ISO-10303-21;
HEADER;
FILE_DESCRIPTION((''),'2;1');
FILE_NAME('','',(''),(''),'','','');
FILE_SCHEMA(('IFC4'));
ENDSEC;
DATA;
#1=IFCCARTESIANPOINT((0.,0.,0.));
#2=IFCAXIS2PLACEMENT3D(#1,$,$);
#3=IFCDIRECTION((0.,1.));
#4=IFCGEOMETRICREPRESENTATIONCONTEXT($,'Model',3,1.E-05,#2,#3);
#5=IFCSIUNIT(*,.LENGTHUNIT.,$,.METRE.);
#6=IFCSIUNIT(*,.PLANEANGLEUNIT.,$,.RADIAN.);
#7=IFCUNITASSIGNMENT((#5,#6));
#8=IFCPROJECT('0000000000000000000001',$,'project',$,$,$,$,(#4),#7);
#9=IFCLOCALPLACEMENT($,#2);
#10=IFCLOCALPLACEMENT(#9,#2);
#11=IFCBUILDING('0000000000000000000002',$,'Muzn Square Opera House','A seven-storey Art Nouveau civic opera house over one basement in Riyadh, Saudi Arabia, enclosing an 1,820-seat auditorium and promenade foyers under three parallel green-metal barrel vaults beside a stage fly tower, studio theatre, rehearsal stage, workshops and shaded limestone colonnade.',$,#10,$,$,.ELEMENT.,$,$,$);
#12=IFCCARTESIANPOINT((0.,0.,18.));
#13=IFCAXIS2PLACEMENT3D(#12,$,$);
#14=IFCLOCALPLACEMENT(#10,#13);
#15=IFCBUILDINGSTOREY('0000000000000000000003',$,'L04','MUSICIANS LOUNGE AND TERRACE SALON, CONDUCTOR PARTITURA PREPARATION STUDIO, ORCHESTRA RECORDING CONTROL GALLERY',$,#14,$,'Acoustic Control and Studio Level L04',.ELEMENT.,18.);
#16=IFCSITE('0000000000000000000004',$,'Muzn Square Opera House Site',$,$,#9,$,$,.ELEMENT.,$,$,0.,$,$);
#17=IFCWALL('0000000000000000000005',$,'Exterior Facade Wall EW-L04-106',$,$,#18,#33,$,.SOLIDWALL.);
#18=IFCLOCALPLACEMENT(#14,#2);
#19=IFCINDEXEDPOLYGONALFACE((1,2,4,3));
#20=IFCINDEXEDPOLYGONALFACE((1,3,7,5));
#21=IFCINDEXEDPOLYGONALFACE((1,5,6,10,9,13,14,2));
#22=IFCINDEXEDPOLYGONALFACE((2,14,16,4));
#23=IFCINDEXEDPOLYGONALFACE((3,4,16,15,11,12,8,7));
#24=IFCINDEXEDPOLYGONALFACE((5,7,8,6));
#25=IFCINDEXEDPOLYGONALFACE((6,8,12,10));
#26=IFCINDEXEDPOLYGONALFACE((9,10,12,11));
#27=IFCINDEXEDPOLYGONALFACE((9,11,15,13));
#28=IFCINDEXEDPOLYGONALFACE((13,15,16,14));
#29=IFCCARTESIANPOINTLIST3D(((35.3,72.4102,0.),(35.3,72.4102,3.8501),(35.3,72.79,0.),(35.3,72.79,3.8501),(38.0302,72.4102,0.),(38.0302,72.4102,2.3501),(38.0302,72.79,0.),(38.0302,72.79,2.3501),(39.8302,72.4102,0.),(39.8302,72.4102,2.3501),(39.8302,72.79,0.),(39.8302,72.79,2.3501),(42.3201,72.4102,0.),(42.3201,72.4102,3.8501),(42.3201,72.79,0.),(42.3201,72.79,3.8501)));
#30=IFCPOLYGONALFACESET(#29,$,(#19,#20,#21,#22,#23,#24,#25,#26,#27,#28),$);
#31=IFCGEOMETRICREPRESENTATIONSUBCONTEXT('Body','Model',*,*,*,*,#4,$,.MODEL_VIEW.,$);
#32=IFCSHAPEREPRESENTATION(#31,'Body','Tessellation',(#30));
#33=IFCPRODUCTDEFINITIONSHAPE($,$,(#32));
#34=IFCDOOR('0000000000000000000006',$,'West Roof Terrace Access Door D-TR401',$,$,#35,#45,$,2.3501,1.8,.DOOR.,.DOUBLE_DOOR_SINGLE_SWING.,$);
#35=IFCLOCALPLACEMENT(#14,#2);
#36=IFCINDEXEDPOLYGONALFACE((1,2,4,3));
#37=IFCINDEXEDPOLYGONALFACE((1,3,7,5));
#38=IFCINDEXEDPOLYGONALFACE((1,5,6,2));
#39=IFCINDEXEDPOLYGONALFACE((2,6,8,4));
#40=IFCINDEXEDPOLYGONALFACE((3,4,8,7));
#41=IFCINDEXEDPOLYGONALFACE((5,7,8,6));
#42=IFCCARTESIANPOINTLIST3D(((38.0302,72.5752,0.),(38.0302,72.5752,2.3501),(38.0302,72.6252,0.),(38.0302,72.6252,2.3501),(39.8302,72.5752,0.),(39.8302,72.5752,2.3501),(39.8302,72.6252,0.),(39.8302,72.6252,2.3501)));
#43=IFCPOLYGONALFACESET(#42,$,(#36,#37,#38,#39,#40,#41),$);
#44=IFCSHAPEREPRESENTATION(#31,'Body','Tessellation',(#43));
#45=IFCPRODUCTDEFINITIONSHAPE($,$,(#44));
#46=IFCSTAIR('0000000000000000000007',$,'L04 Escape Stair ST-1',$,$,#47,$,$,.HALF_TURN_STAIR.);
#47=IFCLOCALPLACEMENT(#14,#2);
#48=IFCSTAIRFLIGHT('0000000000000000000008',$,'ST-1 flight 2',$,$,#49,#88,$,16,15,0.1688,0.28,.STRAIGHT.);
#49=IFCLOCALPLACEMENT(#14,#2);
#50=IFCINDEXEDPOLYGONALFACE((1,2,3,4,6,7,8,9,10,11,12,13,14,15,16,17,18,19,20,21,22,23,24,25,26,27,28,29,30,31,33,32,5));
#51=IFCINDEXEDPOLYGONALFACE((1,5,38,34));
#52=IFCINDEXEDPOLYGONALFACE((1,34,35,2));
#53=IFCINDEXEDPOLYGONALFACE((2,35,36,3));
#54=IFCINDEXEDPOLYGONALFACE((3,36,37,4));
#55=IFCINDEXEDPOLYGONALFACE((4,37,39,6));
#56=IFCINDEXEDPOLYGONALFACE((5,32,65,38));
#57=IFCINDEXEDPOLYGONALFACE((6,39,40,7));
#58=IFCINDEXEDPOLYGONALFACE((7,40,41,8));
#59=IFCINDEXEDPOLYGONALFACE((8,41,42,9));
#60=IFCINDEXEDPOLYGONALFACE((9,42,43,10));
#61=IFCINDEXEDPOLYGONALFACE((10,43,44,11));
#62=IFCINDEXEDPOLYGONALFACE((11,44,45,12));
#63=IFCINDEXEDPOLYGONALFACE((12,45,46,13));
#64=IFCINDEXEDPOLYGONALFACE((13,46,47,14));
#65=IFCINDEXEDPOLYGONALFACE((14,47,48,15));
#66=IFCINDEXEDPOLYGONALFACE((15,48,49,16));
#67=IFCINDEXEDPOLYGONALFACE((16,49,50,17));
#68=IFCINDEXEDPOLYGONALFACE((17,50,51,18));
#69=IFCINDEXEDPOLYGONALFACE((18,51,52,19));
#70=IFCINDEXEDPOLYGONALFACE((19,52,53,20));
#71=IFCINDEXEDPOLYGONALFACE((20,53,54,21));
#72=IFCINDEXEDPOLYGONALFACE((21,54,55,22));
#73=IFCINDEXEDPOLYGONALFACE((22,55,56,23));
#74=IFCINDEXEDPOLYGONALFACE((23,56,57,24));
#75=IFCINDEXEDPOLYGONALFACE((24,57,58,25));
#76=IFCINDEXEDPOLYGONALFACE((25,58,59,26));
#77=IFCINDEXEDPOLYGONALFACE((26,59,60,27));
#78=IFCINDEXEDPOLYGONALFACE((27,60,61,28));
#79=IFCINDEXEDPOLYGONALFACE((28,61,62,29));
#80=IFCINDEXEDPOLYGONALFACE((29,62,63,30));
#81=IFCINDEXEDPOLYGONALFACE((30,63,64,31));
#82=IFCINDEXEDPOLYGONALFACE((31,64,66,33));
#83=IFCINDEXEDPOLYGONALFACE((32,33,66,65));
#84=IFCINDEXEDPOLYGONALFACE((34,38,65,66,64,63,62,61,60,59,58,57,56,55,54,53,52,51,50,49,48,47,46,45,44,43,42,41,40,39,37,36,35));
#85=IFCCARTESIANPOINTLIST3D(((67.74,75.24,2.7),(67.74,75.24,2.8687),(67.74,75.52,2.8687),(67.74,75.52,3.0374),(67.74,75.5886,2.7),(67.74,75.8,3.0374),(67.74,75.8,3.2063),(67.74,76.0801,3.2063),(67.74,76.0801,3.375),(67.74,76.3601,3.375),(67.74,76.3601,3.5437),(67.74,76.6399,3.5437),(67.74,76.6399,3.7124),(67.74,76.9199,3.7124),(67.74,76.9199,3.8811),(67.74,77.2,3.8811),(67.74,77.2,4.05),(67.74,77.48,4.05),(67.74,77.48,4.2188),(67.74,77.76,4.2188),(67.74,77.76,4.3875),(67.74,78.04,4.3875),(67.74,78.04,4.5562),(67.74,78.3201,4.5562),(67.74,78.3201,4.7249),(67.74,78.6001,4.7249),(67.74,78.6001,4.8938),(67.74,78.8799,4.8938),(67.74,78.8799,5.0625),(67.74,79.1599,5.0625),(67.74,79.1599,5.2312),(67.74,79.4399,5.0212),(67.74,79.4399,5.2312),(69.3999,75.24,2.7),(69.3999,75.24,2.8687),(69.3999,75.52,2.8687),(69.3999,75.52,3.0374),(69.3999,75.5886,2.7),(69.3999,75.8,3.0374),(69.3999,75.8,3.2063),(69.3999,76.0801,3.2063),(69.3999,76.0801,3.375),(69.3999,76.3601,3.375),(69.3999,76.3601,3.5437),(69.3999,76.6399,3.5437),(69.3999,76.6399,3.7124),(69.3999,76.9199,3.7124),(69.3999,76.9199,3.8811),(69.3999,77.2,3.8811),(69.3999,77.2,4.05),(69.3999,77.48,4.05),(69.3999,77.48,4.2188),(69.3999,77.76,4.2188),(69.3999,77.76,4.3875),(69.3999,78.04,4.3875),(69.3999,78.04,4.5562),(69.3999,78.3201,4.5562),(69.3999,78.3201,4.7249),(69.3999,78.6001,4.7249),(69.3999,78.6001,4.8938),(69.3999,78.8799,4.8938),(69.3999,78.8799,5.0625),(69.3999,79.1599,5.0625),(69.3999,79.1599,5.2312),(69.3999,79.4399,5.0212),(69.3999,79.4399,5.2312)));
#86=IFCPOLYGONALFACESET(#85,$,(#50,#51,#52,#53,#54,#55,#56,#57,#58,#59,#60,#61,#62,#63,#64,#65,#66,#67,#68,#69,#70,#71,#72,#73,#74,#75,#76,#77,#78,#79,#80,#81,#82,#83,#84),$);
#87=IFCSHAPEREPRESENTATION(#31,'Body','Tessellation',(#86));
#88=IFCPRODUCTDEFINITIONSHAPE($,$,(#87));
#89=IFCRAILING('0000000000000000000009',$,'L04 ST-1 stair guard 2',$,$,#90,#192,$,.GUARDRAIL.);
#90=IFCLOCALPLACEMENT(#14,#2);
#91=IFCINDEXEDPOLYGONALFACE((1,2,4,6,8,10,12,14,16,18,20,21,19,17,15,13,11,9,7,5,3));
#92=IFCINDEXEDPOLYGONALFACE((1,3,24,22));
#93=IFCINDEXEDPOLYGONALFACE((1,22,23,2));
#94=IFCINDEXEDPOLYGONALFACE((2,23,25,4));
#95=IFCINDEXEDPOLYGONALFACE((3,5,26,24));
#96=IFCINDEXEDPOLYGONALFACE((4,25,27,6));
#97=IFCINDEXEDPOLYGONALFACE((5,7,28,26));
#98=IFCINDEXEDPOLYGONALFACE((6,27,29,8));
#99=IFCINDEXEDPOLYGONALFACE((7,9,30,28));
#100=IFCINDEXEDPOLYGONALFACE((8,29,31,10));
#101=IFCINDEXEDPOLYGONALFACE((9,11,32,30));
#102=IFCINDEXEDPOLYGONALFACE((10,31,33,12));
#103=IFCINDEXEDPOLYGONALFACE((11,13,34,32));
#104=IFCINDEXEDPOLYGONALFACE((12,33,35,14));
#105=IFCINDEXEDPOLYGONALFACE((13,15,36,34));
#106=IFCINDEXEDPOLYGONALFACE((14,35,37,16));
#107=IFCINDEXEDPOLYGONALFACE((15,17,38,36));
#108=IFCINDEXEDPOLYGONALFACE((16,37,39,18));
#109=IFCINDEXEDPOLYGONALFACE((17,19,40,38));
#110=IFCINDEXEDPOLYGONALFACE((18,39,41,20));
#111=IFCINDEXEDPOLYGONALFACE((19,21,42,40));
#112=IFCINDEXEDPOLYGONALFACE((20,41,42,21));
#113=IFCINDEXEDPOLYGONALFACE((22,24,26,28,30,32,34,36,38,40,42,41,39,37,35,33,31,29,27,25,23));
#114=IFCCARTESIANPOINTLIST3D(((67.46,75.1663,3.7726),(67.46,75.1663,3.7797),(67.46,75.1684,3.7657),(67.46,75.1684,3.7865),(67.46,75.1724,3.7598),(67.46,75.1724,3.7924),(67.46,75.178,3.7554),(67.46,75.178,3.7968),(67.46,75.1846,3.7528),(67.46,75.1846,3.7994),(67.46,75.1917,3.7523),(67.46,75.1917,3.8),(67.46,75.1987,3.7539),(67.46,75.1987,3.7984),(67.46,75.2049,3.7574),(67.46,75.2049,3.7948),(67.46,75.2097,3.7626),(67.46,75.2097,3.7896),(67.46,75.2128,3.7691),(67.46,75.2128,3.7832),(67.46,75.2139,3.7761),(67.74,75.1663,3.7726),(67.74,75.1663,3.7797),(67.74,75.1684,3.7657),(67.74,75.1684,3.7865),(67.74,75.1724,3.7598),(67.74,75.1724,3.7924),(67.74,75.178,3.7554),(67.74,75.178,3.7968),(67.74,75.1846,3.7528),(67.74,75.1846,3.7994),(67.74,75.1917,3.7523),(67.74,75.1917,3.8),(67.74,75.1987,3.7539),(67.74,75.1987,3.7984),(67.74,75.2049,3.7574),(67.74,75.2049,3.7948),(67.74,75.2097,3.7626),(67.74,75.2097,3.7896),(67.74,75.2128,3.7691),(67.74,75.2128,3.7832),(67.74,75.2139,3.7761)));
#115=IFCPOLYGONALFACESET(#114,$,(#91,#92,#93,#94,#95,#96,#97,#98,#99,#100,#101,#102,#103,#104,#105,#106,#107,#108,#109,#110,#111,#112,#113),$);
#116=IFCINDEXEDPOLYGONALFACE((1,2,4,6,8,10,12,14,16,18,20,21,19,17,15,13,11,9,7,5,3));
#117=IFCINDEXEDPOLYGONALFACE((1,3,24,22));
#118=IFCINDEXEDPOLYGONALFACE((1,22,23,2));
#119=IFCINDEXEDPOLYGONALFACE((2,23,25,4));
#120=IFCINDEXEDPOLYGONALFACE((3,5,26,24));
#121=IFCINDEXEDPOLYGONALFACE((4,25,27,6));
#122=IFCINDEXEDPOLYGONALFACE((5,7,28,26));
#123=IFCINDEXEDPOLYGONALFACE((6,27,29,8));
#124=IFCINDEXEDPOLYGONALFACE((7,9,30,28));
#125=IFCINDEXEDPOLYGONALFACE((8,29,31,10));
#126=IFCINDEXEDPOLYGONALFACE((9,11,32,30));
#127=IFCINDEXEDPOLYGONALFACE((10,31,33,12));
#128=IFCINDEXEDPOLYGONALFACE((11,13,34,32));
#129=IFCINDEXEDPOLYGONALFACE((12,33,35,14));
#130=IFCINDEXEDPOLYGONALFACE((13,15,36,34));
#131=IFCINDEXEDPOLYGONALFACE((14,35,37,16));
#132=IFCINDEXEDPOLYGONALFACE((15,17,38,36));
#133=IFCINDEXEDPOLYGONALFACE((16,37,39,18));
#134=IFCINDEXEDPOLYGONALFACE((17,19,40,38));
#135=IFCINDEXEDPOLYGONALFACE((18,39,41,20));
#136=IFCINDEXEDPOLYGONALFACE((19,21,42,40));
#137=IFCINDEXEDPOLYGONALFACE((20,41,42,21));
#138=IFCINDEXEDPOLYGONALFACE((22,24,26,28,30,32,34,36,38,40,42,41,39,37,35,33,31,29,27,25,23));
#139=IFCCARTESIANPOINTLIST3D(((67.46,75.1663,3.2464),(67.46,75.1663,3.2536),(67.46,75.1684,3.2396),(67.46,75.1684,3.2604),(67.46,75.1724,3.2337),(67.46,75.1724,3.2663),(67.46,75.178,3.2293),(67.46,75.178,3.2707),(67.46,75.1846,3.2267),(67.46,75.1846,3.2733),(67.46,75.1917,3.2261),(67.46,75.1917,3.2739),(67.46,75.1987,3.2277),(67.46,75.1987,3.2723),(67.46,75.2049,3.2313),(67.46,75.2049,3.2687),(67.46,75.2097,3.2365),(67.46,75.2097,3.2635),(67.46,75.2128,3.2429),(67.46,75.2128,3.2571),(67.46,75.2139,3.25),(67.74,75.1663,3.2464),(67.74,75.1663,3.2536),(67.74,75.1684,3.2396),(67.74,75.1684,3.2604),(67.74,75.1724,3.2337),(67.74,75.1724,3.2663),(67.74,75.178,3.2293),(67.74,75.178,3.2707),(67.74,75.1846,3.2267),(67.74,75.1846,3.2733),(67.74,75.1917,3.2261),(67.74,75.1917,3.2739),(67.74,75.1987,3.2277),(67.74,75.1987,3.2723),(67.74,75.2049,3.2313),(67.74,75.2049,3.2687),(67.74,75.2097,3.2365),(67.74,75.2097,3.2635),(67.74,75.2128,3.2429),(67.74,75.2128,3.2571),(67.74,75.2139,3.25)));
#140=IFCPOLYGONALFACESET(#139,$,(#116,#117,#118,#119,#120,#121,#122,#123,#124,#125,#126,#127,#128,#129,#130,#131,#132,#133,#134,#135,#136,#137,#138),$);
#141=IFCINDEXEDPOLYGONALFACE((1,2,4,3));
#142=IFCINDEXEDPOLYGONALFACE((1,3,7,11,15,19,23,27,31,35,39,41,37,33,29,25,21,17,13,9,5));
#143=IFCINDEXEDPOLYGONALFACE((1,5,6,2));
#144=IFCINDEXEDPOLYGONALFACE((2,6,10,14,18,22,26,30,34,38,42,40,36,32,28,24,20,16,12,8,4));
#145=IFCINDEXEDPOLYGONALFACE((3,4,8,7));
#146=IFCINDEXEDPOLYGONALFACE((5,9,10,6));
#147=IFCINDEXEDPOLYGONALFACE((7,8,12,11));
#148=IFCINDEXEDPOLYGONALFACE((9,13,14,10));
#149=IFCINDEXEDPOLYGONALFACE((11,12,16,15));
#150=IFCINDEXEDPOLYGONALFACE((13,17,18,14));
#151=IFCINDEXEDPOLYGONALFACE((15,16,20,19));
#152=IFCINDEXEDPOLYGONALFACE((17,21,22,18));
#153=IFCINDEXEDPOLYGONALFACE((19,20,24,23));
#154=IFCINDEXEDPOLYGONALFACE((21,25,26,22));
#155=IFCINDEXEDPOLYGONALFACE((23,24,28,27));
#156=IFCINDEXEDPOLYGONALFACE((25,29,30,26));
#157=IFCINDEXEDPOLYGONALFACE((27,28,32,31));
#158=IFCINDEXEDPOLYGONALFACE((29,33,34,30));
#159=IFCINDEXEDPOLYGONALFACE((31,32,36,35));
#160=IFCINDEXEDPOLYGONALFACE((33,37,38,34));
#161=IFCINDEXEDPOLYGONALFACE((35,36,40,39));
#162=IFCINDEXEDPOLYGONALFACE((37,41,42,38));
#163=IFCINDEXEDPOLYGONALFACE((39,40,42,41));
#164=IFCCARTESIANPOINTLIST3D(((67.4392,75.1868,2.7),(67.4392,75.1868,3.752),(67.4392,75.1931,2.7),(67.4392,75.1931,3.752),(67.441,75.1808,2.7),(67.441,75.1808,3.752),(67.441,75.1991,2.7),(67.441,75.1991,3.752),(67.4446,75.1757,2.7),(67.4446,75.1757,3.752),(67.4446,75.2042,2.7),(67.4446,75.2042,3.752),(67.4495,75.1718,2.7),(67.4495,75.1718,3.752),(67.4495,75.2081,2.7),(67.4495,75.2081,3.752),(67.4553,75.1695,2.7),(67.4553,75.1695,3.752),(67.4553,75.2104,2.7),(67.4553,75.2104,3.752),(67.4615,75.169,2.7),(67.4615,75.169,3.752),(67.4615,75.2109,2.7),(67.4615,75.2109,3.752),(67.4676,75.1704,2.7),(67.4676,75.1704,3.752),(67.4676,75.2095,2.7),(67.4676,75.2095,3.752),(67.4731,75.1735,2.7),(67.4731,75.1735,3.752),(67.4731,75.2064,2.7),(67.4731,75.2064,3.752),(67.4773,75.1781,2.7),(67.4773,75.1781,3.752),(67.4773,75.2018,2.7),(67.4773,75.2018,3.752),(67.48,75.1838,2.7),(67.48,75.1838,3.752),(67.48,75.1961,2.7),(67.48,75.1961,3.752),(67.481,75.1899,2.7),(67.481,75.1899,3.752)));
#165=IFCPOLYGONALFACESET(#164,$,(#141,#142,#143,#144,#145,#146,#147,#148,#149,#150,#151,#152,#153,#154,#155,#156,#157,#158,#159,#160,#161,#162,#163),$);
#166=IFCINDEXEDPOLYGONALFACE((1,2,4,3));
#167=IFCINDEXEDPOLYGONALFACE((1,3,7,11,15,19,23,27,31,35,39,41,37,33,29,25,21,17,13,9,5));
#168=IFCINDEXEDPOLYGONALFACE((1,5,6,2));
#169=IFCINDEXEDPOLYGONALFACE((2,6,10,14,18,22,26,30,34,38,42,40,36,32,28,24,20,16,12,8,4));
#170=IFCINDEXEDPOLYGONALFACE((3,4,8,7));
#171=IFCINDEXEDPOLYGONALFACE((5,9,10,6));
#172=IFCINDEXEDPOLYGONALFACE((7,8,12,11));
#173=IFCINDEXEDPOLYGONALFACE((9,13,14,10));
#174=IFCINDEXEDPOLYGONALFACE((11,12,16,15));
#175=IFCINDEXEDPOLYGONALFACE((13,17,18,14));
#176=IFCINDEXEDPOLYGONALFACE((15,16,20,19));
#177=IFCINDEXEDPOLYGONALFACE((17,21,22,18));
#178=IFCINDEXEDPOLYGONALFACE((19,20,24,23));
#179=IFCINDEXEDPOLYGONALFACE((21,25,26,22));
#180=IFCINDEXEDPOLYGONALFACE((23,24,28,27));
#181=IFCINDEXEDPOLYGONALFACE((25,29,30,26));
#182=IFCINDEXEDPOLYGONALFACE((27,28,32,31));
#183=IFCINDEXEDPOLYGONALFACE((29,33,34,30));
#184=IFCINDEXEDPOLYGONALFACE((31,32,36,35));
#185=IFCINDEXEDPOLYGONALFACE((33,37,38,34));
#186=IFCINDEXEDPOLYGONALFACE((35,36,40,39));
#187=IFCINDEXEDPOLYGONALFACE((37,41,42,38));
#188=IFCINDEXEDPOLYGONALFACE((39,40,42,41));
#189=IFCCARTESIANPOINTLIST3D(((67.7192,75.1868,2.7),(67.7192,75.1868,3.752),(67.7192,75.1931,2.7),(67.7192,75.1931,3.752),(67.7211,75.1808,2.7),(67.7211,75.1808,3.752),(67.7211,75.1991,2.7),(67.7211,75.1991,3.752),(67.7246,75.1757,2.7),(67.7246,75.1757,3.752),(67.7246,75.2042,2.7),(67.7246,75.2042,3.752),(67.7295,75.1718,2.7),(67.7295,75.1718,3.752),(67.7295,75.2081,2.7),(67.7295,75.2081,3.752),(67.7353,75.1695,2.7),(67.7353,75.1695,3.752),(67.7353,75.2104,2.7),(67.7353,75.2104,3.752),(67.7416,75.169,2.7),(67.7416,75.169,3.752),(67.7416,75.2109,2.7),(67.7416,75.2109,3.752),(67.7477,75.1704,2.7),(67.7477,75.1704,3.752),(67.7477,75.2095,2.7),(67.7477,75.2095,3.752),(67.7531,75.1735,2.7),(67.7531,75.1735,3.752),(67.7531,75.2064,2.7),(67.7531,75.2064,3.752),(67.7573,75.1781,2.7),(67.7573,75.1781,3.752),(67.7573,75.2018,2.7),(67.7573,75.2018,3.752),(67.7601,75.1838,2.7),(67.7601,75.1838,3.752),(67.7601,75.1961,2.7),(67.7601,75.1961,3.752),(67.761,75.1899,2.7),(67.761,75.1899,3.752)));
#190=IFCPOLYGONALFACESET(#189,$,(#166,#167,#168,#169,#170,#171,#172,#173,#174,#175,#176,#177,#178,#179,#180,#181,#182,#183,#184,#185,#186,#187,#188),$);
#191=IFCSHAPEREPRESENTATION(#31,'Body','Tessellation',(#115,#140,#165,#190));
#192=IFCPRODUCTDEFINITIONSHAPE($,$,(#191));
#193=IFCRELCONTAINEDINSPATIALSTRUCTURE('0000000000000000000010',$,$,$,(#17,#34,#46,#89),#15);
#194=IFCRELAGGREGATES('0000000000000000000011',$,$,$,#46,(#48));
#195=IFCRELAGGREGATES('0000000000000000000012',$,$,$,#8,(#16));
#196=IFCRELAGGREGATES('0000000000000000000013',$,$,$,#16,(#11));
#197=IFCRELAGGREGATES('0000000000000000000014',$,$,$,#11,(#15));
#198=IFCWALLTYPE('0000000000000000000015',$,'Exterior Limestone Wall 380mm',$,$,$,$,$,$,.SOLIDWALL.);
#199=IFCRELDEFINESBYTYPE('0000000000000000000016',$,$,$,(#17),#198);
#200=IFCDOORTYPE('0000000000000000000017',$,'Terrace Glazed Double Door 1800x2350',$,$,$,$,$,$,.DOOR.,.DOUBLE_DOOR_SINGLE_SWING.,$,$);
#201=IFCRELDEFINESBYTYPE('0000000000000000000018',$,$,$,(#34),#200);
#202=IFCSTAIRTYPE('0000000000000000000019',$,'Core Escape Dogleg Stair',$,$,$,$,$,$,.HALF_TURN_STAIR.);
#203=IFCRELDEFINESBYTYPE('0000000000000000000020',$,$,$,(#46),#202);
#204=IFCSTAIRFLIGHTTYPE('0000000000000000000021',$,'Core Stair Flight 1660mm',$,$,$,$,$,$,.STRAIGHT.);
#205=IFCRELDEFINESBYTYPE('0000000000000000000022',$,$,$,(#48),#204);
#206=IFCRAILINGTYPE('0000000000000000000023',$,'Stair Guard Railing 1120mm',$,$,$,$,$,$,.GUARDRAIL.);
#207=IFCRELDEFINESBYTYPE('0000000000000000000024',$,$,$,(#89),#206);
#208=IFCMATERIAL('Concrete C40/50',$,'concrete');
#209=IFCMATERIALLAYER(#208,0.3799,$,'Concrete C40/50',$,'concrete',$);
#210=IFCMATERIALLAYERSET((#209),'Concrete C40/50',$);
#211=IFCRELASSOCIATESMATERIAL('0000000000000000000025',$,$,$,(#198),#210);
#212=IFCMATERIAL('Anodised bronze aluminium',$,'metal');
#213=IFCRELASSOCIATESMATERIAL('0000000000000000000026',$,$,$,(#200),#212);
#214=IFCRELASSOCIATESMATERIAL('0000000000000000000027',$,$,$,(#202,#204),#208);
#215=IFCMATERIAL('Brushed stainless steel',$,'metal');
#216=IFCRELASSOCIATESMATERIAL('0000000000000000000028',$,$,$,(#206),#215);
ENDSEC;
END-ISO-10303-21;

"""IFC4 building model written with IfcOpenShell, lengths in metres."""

from ifc_helpers import new_model, si_unit, direction, frame, frame_2d, origin, origin_2d, place, context, subcontext, project, spatial, polyline, rectangle, circle, outline, extrude, material, layer, layer_set, type_object, element, fill, aggregate, save


model = new_model("IFC4")

# Units and contexts
model_context = context("Model", 3, precision=1e-05, world=origin(), true_north=direction((0.0, 1.0)))
body_context = subcontext(model_context, "Body", "Model", "MODEL_VIEW")
ifc_project = project(units=[si_unit("LENGTHUNIT", "METRE"), si_unit("PLANEANGLEUNIT", "RADIAN")], contexts=[model_context])

# Site, building, storey
site_placement = place(None, origin())
site = spatial("IfcSite", under=ifc_project, at=site_placement, Name="Muzn Square Opera House Site", CompositionType="ELEMENT", RefElevation=0.0)
building_placement = place(site_placement, origin())
building = spatial("IfcBuilding", under=site, at=building_placement, Name="Muzn Square Opera House", Description="A seven-storey Art Nouveau civic opera house over one basement in Riyadh, Saudi Arabia, enclosing an 1,820-seat auditorium and promenade foyers under three parallel green-metal barrel vaults beside a stage fly tower, studio theatre, rehearsal stage, workshops and shaded limestone colonnade.", CompositionType="ELEMENT")
storey_placement = place(building_placement, frame((0.0, 0.0, 18.0)))
storey = spatial("IfcBuildingStorey", under=building, at=storey_placement, Name="L04", Description="MUSICIANS LOUNGE AND TERRACE SALON, CONDUCTOR PARTITURA PREPARATION STUDIO, ORCHESTRA RECORDING CONTROL GALLERY", LongName="Acoustic Control and Studio Level L04", CompositionType="ELEMENT", Elevation=18.0)

# Shared definitions
ifc_material_1 = material(Name="Concrete C40/50", Category="concrete")

# Wall, opening, door
ifc_layer_1 = layer(ifc_material_1, 0.3799, Name="Concrete C40/50", Category="concrete")
ifc_layer_set_1 = layer_set([ifc_layer_1], Name="Concrete C40/50")
wall_type_1 = type_object("IfcWallType", Name="Exterior Limestone Wall 380mm", PredefinedType="SOLIDWALL", material=ifc_layer_set_1)
wall_1_placement = place(storey_placement, frame((35.3, 72.6001, 0.0), z_axis=(0.0, 0.0, 1.0), x_axis=(1.0, 0.0, 0.0)))
wall_1 = element("IfcWall", 1, at=wall_1_placement, inside=storey, type_object=wall_type_1, Name="Exterior Facade Wall EW-L04-106", PredefinedType="SOLIDWALL", context=body_context, shape_type="SweptSolid", body=[
    extrude(rectangle(XDim=7.02, YDim=0.3799, at=frame_2d((3.51, 0.0))), origin(), (0.0, 0.0, 1.0), 3.8501),
])
opening_placement = place(wall_1_placement, frame((4.53, 0.0, 0.0), z_axis=(0.0, 0.0, 1.0), x_axis=(-1.0, 0.0, 0.0)))
opening = element("IfcOpeningElement", 2, at=opening_placement, cuts=wall_1, PredefinedType="OPENING", context=body_context, shape_type="SweptSolid", body=[
    extrude(rectangle(XDim=1.8, YDim=2.3501, at=frame_2d((0.8999, 1.175))), frame((0.0, 0.2, 0.0), z_axis=(0.0, -1.0, 0.0), x_axis=(1.0, 0.0, 0.0)), (0.0, 0.0, 1.0), 0.3999),
])
ifc_material_2 = material(Name="Anodised bronze aluminium", Category="metal")
door_type = type_object("IfcDoorType", Name="Terrace Glazed Double Door 1800x2350", OperationType="DOUBLE_DOOR_SINGLE_SWING", PredefinedType="DOOR", material=ifc_material_2)
door_placement = place(opening_placement, origin())
door = element("IfcDoor", 3, at=door_placement, inside=storey, type_object=door_type, Name="West Roof Terrace Access Door D-TR401", OperationType="DOUBLE_DOOR_SINGLE_SWING", OverallHeight=2.3501, OverallWidth=1.8, PredefinedType="DOOR", context=body_context, shape_type="SweptSolid", body=[
    extrude(rectangle(XDim=1.8, YDim=2.3501, at=frame_2d((0.8999, 1.175))), frame((0.0, 0.0249, 0.0), z_axis=(0.0, -1.0, 0.0), x_axis=(1.0, 0.0, 0.0)), (0.0, 0.0, 1.0), 0.05),
])
fill(opening, door)

# Stair, stair flight
stair_type = type_object("IfcStairType", Name="Core Escape Dogleg Stair", PredefinedType="HALF_TURN_STAIR", material=ifc_material_1)
stair_placement = place(storey_placement, origin())
stair = element("IfcStair", 4, at=stair_placement, inside=storey, type_object=stair_type, Name="L04 Escape Stair ST-1", PredefinedType="HALF_TURN_STAIR")
stair_flight_type = type_object("IfcStairFlightType", Name="Core Stair Flight 1660mm", PredefinedType="STRAIGHT", material=ifc_material_1)
stair_flight_placement = place(storey_placement, frame((68.5701, 75.24, 2.7), z_axis=(0.0, 0.0, 1.0), x_axis=(0.0, 1.0, 0.0)))
stair_flight = element("IfcStairFlight", 5, at=stair_flight_placement, type_object=stair_flight_type, Name="ST-1 flight 2", NumberOfRisers=16, NumberOfTreads=15, PredefinedType="STRAIGHT", RiserHeight=0.1688, TreadLength=0.28, context=body_context, shape_type="SweptSolid", body=[
    extrude(outline(polyline([(0.0, 0.0), (0.0, 0.1687), (0.28, 0.1687), (0.28, 0.3374), (0.5601, 0.3374), (0.5601, 0.5063), (0.8401, 0.5063), (0.8401, 0.675), (1.1201, 0.675), (1.1201, 0.8438), (1.3999, 0.8438), (1.3999, 1.0125), (1.6799, 1.0125), (1.6799, 1.1812), (1.96, 1.1812), (1.96, 1.3501), (2.24, 1.3501), (2.24, 1.5188), (2.52, 1.5188), (2.52, 1.6875), (2.8, 1.6875), (2.8, 1.8562), (3.0801, 1.8562), (3.0801, 2.0249), (3.3601, 2.0249), (3.3601, 2.1938), (3.6399, 2.1938), (3.6399, 2.3625), (3.9199, 2.3625), (3.9199, 2.5312), (4.2, 2.5312), (4.2, 2.7), (4.2, 2.3213), (0.3486, 0.0), (0.0, 0.0)])), frame((0.0, 0.8301, 0.0), z_axis=(0.0, -1.0, 0.0), x_axis=(1.0, 0.0, 0.0)), (0.0, 0.0, 1.0), 1.6599),
])
aggregate(stair, [stair_flight])

# Railing
ifc_material_3 = material(Name="Brushed stainless steel", Category="metal")
railing_type_1 = type_object("IfcRailingType", Name="Stair Guard Railing 1120mm", PredefinedType="GUARDRAIL", material=ifc_material_3)
railing_1_placement = place(storey_placement, frame((67.46, 75.1899, 2.7)))
element("IfcRailing", 6, at=railing_1_placement, inside=storey, type_object=railing_type_1, Name="L04 ST-1 stair guard 2", PredefinedType="GUARDRAIL", context=body_context, shape_type="SweptSolid", body=[
    extrude(circle(Radius=0.0239, at=origin_2d()), frame((0.0, 0.0, 1.0762), z_axis=(1.0, 0.0, 0.0), x_axis=(0.0, 1.0, 0.0)), (0.0, 0.0, 1.0), 0.28),
    extrude(circle(Radius=0.0239, at=origin_2d()), frame((0.0, 0.0, 0.55), z_axis=(1.0, 0.0, 0.0), x_axis=(0.0, 1.0, 0.0)), (0.0, 0.0, 1.0), 0.28),
    extrude(circle(Radius=0.021, at=origin_2d()), origin(), (0.0, 0.0, 1.0), 1.052),
    extrude(circle(Radius=0.021, at=origin_2d()), frame((0.28, 0.0, 0.0)), (0.0, 0.0, 1.0), 1.052),
])

save(model, "model.ifc")
